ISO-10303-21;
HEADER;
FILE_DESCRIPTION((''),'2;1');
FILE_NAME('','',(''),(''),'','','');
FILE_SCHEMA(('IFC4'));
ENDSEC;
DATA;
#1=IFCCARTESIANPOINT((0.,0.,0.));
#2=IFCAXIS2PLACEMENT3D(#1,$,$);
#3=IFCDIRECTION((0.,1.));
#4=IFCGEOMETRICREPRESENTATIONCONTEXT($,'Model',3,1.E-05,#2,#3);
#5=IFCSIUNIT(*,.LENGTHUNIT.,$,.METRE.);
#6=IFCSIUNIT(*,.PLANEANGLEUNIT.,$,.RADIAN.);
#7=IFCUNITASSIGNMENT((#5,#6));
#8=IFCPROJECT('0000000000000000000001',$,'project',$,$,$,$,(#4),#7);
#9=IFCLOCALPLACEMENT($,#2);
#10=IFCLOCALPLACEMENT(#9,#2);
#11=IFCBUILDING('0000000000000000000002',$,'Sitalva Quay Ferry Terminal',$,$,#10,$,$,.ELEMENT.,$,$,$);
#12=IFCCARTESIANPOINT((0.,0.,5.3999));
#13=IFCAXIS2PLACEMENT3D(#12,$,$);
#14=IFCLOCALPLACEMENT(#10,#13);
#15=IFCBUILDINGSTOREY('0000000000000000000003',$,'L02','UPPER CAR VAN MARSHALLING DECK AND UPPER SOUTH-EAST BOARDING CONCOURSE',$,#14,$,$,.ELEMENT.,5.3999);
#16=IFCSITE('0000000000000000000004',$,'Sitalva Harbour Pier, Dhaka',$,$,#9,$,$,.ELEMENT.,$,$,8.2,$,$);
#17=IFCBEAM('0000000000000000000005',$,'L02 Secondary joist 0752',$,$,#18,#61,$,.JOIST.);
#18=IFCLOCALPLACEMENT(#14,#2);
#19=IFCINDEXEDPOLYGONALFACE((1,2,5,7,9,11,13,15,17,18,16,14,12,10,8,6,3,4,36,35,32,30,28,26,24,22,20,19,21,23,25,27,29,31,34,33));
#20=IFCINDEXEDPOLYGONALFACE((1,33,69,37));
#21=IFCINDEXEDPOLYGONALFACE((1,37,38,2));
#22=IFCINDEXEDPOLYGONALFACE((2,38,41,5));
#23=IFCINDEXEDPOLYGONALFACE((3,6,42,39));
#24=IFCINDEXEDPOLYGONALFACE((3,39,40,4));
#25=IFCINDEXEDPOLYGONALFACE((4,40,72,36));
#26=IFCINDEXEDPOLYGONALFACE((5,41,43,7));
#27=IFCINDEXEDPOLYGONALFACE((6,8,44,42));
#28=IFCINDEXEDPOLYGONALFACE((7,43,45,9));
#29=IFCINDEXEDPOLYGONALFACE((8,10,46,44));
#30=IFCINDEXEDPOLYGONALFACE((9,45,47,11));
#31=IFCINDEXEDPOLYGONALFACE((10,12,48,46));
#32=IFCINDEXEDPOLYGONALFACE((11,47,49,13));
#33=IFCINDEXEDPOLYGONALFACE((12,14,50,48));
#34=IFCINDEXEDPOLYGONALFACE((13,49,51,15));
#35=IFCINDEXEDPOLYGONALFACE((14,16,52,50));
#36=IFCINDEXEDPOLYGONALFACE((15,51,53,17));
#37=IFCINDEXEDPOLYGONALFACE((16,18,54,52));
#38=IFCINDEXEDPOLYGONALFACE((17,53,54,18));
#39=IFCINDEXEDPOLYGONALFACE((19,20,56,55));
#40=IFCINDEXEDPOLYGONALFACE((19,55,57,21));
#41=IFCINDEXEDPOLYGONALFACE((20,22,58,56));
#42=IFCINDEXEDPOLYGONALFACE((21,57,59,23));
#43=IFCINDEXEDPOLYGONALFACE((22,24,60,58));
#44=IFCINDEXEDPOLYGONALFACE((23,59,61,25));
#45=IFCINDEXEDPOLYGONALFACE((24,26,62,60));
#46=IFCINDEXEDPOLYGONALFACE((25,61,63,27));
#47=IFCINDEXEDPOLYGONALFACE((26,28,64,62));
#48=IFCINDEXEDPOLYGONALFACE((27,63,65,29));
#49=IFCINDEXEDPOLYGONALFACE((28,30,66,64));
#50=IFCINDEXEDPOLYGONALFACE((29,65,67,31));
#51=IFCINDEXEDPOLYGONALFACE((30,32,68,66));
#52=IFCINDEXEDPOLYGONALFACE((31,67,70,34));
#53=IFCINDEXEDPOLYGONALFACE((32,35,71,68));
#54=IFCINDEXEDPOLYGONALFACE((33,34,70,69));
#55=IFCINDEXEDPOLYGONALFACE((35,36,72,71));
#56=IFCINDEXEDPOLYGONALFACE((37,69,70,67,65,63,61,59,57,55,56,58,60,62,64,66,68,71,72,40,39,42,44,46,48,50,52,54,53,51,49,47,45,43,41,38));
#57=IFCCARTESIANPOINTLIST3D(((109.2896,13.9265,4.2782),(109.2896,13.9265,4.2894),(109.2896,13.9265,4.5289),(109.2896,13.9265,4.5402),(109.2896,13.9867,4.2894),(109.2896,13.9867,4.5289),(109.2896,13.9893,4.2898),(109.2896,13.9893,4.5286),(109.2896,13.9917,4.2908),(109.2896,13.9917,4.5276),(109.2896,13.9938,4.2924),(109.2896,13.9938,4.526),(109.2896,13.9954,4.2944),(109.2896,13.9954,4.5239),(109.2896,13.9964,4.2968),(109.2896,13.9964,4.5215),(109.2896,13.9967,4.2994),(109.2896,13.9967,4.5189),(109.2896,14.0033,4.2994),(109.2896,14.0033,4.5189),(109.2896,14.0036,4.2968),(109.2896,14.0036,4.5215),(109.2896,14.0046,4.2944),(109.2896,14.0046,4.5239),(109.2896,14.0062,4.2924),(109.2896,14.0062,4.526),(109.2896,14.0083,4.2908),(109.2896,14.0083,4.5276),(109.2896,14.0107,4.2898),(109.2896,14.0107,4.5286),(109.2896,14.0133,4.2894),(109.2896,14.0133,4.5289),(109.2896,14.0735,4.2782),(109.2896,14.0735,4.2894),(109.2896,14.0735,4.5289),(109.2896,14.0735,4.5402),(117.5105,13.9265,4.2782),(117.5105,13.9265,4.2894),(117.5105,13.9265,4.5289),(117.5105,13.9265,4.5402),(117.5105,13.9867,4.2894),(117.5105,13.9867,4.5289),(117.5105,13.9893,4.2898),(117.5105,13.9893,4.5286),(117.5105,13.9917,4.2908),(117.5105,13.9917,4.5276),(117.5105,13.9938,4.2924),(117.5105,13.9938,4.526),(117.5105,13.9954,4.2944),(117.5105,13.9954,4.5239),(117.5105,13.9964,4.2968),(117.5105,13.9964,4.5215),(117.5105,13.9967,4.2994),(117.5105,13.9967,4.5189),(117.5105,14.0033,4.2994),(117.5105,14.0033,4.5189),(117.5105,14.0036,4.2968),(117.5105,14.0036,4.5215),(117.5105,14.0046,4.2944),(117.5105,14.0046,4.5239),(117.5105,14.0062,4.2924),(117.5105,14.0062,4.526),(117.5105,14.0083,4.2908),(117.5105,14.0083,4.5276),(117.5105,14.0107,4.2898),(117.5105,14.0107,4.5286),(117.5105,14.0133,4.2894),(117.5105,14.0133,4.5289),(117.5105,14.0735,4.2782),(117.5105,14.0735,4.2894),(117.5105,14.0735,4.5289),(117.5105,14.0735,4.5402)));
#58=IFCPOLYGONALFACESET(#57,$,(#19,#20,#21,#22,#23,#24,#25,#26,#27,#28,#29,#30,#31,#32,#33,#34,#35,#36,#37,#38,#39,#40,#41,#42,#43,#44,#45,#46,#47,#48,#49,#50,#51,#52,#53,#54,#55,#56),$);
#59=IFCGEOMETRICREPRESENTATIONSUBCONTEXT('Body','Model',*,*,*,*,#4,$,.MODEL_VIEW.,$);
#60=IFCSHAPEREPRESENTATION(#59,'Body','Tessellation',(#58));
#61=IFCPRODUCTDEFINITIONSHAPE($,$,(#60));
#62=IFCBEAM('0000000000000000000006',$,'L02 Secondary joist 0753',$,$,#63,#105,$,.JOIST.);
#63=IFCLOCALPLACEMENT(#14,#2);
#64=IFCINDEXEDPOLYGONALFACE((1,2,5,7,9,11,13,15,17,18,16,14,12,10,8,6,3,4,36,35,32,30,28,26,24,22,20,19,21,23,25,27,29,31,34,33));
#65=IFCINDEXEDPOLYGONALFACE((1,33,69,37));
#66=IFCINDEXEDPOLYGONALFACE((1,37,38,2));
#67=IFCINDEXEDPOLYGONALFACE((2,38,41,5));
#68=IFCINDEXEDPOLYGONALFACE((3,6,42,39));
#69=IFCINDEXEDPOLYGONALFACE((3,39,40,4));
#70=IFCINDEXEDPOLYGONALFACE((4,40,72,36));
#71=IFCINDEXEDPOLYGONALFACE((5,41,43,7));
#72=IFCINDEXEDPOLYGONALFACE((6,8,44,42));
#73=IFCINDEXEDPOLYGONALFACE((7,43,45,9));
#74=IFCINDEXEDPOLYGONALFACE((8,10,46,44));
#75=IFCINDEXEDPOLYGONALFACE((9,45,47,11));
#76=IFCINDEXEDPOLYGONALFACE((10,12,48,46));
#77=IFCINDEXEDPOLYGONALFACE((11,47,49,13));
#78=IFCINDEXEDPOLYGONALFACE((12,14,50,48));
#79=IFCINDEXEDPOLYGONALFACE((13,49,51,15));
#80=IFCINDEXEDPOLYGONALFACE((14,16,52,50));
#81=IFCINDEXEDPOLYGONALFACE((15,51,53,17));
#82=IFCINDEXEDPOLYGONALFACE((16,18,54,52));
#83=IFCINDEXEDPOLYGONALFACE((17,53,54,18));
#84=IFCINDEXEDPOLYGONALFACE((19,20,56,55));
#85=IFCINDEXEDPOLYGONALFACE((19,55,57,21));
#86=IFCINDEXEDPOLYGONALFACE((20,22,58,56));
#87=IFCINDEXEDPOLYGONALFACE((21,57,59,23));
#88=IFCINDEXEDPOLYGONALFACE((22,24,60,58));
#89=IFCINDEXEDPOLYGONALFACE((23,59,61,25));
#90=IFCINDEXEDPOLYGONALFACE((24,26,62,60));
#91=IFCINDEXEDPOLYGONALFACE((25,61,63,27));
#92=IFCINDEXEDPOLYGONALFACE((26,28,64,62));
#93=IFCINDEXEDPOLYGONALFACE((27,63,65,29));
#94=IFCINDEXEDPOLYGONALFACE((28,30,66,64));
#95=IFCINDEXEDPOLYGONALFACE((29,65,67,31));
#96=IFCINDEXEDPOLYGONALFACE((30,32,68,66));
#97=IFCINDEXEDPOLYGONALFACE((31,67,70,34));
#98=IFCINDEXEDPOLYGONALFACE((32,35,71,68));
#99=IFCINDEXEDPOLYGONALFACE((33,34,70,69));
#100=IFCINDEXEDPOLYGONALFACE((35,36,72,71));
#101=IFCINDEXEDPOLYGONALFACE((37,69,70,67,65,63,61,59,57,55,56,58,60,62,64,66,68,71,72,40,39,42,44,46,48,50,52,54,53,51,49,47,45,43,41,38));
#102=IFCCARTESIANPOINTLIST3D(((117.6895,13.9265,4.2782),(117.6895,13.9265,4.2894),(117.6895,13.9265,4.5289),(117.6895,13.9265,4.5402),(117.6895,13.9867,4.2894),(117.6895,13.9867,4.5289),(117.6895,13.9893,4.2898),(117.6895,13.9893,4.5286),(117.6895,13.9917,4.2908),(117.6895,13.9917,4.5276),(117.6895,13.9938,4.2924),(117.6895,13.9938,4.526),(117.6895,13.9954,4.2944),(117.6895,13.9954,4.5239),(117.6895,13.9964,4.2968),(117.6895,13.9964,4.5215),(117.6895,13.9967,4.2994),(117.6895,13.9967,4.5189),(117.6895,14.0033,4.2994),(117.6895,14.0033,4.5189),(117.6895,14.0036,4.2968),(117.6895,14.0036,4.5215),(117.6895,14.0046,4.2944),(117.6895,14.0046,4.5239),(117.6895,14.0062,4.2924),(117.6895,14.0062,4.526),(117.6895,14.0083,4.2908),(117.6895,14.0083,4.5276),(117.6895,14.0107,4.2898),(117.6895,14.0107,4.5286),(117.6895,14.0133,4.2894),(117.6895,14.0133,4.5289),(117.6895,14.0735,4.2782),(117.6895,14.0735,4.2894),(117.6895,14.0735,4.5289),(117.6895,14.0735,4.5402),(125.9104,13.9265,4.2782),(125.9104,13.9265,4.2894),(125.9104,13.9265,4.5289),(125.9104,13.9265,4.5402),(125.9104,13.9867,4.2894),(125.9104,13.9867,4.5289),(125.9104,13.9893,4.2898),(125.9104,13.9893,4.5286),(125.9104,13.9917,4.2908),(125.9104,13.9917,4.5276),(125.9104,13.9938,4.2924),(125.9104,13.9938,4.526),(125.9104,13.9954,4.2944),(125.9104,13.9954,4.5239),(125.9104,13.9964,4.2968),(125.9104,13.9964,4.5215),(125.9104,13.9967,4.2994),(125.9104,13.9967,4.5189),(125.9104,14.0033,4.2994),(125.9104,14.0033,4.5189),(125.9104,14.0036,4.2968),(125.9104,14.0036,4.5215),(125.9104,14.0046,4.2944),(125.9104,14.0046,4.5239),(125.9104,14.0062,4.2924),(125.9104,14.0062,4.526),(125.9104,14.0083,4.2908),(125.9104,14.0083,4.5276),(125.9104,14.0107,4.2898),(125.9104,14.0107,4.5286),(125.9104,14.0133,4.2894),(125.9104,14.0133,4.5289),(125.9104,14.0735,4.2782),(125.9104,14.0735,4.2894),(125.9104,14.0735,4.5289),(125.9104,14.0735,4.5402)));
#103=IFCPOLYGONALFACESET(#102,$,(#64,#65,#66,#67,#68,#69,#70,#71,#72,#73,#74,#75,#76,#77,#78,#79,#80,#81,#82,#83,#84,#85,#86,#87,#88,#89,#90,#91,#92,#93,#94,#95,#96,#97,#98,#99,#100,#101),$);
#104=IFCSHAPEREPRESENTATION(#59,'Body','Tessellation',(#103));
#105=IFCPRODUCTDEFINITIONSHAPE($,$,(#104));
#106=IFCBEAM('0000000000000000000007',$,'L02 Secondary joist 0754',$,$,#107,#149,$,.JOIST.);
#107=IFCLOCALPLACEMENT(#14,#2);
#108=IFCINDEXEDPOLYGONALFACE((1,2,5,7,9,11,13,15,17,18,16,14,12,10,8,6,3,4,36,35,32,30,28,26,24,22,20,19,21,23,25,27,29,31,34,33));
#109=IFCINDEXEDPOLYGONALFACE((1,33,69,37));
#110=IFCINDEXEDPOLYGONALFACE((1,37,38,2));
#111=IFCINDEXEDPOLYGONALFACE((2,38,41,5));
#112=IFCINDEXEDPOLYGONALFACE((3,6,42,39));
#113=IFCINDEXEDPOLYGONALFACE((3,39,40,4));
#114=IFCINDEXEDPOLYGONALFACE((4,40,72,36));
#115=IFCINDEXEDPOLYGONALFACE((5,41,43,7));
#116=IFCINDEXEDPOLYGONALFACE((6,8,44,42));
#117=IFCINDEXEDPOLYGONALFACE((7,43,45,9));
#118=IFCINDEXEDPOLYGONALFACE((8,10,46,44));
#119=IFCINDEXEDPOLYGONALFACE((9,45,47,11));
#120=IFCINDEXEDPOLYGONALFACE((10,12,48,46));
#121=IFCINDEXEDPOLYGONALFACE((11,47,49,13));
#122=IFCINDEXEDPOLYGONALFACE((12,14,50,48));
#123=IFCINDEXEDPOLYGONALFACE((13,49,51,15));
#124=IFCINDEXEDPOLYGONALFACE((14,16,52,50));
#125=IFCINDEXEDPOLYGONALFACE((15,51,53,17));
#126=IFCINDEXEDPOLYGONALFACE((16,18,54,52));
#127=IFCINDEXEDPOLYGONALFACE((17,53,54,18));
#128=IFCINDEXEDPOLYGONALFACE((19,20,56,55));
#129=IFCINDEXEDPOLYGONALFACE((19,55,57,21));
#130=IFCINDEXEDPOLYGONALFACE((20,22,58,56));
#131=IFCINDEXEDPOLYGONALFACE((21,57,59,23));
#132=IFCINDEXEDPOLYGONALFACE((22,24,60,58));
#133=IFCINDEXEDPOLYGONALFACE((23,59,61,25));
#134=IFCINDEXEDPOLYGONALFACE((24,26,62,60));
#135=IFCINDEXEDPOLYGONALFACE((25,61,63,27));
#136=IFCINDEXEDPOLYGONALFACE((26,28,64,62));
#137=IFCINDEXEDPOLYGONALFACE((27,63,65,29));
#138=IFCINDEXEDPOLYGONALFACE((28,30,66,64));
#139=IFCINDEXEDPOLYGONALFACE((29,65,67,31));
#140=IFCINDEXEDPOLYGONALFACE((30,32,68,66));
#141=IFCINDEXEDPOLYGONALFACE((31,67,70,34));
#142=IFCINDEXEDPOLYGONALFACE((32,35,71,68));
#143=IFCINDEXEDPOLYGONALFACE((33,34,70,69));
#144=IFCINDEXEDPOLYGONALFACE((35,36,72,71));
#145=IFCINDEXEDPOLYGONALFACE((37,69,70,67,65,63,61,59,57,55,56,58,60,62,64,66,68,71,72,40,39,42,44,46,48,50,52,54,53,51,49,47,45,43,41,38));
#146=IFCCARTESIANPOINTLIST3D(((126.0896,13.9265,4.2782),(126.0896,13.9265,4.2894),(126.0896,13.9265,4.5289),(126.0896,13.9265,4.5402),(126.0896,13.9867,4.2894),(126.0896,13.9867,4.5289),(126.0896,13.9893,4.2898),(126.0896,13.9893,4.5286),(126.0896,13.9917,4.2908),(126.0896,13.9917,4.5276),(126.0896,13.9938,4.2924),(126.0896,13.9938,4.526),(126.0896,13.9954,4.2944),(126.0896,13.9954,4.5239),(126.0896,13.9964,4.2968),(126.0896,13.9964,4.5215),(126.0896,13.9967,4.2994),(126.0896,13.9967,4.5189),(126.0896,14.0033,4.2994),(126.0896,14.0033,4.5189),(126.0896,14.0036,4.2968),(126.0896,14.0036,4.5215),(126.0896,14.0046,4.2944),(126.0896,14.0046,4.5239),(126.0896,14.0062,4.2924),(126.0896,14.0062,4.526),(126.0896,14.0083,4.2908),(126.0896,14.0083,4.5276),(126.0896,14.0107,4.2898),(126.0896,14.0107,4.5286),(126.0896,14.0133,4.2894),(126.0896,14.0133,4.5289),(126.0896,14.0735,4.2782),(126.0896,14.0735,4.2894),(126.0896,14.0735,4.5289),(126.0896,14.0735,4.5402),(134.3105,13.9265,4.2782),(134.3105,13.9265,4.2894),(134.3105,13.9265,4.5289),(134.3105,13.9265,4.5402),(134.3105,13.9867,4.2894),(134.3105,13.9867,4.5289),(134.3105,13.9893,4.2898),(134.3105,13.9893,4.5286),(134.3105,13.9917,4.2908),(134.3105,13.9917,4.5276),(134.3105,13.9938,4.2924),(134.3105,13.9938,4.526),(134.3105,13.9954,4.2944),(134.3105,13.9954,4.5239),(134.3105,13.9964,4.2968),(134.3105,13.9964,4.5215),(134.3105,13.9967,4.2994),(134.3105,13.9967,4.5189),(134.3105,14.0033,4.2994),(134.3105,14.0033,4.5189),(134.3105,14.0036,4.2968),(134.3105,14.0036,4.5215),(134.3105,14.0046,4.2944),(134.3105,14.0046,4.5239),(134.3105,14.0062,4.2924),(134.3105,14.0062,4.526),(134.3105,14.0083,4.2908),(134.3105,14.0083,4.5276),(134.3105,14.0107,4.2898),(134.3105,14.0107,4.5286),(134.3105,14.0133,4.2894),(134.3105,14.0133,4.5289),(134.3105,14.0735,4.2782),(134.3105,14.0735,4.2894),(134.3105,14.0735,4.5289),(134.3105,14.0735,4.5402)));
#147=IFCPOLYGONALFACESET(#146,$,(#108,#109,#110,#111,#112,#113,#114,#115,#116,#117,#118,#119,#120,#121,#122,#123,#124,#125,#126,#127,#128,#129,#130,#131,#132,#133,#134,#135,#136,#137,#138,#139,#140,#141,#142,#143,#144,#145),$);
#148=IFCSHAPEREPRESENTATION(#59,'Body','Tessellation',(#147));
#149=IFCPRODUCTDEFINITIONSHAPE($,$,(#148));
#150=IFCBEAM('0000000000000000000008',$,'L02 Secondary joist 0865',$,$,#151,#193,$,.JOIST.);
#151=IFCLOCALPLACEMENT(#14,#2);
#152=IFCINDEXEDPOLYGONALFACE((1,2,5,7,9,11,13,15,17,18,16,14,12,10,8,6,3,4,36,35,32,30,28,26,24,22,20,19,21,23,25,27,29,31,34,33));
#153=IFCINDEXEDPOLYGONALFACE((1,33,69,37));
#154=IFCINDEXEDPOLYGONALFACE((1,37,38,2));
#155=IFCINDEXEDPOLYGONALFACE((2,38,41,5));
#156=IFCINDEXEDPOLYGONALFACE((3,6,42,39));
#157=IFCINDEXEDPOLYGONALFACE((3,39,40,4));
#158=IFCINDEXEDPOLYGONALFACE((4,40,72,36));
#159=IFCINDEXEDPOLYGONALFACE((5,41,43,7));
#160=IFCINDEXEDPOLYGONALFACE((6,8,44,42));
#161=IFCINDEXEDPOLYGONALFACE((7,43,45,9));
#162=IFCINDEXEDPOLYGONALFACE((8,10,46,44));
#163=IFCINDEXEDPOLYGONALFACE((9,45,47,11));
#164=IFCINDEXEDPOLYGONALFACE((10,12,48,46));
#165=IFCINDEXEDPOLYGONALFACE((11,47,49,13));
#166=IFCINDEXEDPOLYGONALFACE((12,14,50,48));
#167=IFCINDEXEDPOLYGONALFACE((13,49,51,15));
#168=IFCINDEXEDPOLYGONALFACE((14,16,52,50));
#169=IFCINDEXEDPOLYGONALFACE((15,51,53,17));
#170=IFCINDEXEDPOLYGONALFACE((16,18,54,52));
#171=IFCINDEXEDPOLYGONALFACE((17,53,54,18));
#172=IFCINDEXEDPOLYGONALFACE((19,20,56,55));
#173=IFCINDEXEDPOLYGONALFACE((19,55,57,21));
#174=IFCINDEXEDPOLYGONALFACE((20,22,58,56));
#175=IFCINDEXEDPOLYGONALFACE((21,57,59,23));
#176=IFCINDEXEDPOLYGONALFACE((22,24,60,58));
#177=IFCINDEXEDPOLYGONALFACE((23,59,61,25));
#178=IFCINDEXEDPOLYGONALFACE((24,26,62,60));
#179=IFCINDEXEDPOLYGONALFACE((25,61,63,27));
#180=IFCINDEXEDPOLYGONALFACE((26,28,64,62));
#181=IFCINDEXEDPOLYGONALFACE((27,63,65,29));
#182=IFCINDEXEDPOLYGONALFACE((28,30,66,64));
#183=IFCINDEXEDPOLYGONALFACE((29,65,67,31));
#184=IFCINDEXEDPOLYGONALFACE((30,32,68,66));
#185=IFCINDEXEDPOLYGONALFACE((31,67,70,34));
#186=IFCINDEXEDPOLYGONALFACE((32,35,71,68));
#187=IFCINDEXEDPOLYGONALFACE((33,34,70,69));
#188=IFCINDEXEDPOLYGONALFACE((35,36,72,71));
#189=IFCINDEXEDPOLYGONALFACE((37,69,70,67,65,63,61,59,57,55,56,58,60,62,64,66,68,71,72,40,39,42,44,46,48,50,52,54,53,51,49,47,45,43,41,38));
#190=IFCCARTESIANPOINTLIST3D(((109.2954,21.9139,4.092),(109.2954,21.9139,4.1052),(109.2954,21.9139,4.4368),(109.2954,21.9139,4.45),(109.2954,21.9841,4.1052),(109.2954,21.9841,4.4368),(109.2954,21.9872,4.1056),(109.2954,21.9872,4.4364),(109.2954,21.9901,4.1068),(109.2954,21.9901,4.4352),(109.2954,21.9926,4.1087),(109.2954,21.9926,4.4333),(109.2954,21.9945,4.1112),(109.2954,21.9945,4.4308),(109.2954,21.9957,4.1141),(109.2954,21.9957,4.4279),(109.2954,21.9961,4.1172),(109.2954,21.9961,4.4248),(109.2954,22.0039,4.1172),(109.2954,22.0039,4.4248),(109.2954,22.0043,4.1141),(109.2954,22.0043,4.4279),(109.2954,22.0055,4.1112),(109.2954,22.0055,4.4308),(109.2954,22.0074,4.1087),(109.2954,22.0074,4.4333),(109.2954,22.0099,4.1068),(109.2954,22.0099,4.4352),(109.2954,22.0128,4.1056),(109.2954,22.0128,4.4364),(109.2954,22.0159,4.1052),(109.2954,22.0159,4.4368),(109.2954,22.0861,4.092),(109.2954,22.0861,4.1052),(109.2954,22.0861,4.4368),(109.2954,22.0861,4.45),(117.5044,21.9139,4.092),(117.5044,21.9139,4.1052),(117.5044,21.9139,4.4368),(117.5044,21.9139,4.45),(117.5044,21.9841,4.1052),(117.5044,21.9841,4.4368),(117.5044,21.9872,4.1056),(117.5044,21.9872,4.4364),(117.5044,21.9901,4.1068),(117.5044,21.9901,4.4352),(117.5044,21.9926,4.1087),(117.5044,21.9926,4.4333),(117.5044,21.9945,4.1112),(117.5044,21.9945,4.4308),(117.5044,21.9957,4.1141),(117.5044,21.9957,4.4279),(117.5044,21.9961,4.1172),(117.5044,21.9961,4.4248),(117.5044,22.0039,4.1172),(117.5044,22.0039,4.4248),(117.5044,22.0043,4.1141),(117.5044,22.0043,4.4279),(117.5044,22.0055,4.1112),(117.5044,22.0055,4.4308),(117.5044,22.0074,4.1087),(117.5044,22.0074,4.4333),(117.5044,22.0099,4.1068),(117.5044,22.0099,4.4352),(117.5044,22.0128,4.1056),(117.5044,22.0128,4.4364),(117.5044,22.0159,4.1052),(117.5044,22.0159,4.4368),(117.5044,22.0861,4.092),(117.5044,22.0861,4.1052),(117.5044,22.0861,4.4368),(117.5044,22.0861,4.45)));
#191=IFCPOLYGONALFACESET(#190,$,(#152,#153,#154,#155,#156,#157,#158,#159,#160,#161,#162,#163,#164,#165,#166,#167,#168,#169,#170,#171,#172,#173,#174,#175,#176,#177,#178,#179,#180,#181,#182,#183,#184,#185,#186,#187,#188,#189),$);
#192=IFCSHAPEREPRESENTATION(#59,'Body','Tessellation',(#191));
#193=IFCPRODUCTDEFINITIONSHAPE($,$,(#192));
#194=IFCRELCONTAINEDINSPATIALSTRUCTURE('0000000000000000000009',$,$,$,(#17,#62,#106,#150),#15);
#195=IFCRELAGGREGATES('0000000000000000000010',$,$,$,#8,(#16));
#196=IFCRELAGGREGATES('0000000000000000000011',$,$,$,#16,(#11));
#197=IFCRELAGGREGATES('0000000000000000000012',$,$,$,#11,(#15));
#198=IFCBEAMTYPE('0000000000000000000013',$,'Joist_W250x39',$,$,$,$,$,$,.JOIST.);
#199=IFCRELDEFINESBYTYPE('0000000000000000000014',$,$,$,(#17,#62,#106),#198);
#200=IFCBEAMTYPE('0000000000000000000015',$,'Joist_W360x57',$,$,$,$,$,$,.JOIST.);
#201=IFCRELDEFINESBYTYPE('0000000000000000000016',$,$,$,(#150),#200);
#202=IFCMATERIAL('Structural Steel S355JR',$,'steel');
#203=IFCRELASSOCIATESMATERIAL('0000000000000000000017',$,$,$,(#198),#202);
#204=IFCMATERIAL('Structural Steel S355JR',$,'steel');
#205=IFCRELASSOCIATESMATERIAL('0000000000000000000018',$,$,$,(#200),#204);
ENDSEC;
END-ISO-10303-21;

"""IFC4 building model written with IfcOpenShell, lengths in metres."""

from ifc_helpers import new_model, si_unit, direction, frame, origin, origin_2d, place, context, subcontext, project, spatial, i_section, extrude, material, material_profile, profile_set, type_object, element, save


model = new_model("IFC4")

# Units and contexts
model_context = context("Model", 3, precision=1e-05, world=origin(), true_north=direction((0.0, 1.0)))
body_context = subcontext(model_context, "Body", "Model", "MODEL_VIEW")
ifc_project = project(units=[si_unit("LENGTHUNIT", "METRE"), si_unit("PLANEANGLEUNIT", "RADIAN")], contexts=[model_context])

# Site, building, storey
site_placement = place(None, origin())
site = spatial("IfcSite", under=ifc_project, at=site_placement, Name="Sitalva Harbour Pier, Dhaka", CompositionType="ELEMENT", RefElevation=8.2)
building_placement = place(site_placement, origin())
building = spatial("IfcBuilding", under=site, at=building_placement, Name="Sitalva Quay Ferry Terminal", CompositionType="ELEMENT")
storey_placement = place(building_placement, frame((0.0, 0.0, 5.3999)))
storey = spatial("IfcBuildingStorey", under=building, at=storey_placement, Name="L02", Description="UPPER CAR VAN MARSHALLING DECK AND UPPER SOUTH-EAST BOARDING CONCOURSE", CompositionType="ELEMENT", Elevation=5.3999)

# Beams
ifc_material_1 = material(Name="Structural Steel S355JR", Category="steel")
ifc_material_profile_1 = material_profile(ifc_material_1, i_section(OverallWidth=0.147, OverallDepth=0.262, WebThickness=0.0066, FlangeThickness=0.0112, FilletRadius=0.01, at=origin_2d()), Name="W250x39")
ifc_profile_set_1 = profile_set([ifc_material_profile_1], Name="Structural Steel S355JR")
beam_type_1 = type_object("IfcBeamType", Name="Joist_W250x39", PredefinedType="JOIST", material=ifc_profile_set_1)
for number, where, z_axis, x_axis, name in (
    (1, (109.2896, 14.0, 4.4092), (1.0, 0.0, 0.0), (0.0, 1.0, 0.0), "L02 Secondary joist 0752"),
    (2, (117.6895, 14.0, 4.4092), (1.0, 0.0, 0.0), (0.0, 1.0, 0.0), "L02 Secondary joist 0753"),
    (3, (126.0896, 14.0, 4.4092), (1.0, 0.0, 0.0), (0.0, 1.0, 0.0), "L02 Secondary joist 0754"),
):
    element("IfcBeam", number, at=place(storey_placement, frame(where, z_axis=z_axis, x_axis=x_axis)), inside=storey, type_object=beam_type_1, Name=name, PredefinedType="JOIST", context=body_context, shape_type="SweptSolid", body=[
        extrude(i_section(OverallWidth=0.147, OverallDepth=0.262, WebThickness=0.0066, FlangeThickness=0.0112, FilletRadius=0.01, at=origin_2d()), origin(), (0.0, 0.0, 1.0), 8.2209),
    ])
ifc_material_2 = material(Name="Structural Steel S355JR", Category="steel")
ifc_material_profile_2 = material_profile(ifc_material_2, i_section(OverallWidth=0.1721, OverallDepth=0.3579, WebThickness=0.0078, FlangeThickness=0.0132, FilletRadius=0.012, at=origin_2d()), Name="W360x57")
ifc_profile_set_2 = profile_set([ifc_material_profile_2], Name="Structural Steel S355JR")
beam_type_2 = type_object("IfcBeamType", Name="Joist_W360x57", PredefinedType="JOIST", material=ifc_profile_set_2)
for number, where, z_axis, x_axis, name in (
    (4, (109.2954, 22.0, 4.271), (1.0, 0.0, 0.0), (0.0, 1.0, 0.0), "L02 Secondary joist 0865"),
):
    element("IfcBeam", number, at=place(storey_placement, frame(where, z_axis=z_axis, x_axis=x_axis)), inside=storey, type_object=beam_type_2, Name=name, PredefinedType="JOIST", context=body_context, shape_type="SweptSolid", body=[
        extrude(i_section(OverallWidth=0.1721, OverallDepth=0.3579, WebThickness=0.0078, FlangeThickness=0.0132, FilletRadius=0.012, at=origin_2d()), origin(), (0.0, 0.0, 1.0), 8.209),
    ])

save(model, "model.ifc")
